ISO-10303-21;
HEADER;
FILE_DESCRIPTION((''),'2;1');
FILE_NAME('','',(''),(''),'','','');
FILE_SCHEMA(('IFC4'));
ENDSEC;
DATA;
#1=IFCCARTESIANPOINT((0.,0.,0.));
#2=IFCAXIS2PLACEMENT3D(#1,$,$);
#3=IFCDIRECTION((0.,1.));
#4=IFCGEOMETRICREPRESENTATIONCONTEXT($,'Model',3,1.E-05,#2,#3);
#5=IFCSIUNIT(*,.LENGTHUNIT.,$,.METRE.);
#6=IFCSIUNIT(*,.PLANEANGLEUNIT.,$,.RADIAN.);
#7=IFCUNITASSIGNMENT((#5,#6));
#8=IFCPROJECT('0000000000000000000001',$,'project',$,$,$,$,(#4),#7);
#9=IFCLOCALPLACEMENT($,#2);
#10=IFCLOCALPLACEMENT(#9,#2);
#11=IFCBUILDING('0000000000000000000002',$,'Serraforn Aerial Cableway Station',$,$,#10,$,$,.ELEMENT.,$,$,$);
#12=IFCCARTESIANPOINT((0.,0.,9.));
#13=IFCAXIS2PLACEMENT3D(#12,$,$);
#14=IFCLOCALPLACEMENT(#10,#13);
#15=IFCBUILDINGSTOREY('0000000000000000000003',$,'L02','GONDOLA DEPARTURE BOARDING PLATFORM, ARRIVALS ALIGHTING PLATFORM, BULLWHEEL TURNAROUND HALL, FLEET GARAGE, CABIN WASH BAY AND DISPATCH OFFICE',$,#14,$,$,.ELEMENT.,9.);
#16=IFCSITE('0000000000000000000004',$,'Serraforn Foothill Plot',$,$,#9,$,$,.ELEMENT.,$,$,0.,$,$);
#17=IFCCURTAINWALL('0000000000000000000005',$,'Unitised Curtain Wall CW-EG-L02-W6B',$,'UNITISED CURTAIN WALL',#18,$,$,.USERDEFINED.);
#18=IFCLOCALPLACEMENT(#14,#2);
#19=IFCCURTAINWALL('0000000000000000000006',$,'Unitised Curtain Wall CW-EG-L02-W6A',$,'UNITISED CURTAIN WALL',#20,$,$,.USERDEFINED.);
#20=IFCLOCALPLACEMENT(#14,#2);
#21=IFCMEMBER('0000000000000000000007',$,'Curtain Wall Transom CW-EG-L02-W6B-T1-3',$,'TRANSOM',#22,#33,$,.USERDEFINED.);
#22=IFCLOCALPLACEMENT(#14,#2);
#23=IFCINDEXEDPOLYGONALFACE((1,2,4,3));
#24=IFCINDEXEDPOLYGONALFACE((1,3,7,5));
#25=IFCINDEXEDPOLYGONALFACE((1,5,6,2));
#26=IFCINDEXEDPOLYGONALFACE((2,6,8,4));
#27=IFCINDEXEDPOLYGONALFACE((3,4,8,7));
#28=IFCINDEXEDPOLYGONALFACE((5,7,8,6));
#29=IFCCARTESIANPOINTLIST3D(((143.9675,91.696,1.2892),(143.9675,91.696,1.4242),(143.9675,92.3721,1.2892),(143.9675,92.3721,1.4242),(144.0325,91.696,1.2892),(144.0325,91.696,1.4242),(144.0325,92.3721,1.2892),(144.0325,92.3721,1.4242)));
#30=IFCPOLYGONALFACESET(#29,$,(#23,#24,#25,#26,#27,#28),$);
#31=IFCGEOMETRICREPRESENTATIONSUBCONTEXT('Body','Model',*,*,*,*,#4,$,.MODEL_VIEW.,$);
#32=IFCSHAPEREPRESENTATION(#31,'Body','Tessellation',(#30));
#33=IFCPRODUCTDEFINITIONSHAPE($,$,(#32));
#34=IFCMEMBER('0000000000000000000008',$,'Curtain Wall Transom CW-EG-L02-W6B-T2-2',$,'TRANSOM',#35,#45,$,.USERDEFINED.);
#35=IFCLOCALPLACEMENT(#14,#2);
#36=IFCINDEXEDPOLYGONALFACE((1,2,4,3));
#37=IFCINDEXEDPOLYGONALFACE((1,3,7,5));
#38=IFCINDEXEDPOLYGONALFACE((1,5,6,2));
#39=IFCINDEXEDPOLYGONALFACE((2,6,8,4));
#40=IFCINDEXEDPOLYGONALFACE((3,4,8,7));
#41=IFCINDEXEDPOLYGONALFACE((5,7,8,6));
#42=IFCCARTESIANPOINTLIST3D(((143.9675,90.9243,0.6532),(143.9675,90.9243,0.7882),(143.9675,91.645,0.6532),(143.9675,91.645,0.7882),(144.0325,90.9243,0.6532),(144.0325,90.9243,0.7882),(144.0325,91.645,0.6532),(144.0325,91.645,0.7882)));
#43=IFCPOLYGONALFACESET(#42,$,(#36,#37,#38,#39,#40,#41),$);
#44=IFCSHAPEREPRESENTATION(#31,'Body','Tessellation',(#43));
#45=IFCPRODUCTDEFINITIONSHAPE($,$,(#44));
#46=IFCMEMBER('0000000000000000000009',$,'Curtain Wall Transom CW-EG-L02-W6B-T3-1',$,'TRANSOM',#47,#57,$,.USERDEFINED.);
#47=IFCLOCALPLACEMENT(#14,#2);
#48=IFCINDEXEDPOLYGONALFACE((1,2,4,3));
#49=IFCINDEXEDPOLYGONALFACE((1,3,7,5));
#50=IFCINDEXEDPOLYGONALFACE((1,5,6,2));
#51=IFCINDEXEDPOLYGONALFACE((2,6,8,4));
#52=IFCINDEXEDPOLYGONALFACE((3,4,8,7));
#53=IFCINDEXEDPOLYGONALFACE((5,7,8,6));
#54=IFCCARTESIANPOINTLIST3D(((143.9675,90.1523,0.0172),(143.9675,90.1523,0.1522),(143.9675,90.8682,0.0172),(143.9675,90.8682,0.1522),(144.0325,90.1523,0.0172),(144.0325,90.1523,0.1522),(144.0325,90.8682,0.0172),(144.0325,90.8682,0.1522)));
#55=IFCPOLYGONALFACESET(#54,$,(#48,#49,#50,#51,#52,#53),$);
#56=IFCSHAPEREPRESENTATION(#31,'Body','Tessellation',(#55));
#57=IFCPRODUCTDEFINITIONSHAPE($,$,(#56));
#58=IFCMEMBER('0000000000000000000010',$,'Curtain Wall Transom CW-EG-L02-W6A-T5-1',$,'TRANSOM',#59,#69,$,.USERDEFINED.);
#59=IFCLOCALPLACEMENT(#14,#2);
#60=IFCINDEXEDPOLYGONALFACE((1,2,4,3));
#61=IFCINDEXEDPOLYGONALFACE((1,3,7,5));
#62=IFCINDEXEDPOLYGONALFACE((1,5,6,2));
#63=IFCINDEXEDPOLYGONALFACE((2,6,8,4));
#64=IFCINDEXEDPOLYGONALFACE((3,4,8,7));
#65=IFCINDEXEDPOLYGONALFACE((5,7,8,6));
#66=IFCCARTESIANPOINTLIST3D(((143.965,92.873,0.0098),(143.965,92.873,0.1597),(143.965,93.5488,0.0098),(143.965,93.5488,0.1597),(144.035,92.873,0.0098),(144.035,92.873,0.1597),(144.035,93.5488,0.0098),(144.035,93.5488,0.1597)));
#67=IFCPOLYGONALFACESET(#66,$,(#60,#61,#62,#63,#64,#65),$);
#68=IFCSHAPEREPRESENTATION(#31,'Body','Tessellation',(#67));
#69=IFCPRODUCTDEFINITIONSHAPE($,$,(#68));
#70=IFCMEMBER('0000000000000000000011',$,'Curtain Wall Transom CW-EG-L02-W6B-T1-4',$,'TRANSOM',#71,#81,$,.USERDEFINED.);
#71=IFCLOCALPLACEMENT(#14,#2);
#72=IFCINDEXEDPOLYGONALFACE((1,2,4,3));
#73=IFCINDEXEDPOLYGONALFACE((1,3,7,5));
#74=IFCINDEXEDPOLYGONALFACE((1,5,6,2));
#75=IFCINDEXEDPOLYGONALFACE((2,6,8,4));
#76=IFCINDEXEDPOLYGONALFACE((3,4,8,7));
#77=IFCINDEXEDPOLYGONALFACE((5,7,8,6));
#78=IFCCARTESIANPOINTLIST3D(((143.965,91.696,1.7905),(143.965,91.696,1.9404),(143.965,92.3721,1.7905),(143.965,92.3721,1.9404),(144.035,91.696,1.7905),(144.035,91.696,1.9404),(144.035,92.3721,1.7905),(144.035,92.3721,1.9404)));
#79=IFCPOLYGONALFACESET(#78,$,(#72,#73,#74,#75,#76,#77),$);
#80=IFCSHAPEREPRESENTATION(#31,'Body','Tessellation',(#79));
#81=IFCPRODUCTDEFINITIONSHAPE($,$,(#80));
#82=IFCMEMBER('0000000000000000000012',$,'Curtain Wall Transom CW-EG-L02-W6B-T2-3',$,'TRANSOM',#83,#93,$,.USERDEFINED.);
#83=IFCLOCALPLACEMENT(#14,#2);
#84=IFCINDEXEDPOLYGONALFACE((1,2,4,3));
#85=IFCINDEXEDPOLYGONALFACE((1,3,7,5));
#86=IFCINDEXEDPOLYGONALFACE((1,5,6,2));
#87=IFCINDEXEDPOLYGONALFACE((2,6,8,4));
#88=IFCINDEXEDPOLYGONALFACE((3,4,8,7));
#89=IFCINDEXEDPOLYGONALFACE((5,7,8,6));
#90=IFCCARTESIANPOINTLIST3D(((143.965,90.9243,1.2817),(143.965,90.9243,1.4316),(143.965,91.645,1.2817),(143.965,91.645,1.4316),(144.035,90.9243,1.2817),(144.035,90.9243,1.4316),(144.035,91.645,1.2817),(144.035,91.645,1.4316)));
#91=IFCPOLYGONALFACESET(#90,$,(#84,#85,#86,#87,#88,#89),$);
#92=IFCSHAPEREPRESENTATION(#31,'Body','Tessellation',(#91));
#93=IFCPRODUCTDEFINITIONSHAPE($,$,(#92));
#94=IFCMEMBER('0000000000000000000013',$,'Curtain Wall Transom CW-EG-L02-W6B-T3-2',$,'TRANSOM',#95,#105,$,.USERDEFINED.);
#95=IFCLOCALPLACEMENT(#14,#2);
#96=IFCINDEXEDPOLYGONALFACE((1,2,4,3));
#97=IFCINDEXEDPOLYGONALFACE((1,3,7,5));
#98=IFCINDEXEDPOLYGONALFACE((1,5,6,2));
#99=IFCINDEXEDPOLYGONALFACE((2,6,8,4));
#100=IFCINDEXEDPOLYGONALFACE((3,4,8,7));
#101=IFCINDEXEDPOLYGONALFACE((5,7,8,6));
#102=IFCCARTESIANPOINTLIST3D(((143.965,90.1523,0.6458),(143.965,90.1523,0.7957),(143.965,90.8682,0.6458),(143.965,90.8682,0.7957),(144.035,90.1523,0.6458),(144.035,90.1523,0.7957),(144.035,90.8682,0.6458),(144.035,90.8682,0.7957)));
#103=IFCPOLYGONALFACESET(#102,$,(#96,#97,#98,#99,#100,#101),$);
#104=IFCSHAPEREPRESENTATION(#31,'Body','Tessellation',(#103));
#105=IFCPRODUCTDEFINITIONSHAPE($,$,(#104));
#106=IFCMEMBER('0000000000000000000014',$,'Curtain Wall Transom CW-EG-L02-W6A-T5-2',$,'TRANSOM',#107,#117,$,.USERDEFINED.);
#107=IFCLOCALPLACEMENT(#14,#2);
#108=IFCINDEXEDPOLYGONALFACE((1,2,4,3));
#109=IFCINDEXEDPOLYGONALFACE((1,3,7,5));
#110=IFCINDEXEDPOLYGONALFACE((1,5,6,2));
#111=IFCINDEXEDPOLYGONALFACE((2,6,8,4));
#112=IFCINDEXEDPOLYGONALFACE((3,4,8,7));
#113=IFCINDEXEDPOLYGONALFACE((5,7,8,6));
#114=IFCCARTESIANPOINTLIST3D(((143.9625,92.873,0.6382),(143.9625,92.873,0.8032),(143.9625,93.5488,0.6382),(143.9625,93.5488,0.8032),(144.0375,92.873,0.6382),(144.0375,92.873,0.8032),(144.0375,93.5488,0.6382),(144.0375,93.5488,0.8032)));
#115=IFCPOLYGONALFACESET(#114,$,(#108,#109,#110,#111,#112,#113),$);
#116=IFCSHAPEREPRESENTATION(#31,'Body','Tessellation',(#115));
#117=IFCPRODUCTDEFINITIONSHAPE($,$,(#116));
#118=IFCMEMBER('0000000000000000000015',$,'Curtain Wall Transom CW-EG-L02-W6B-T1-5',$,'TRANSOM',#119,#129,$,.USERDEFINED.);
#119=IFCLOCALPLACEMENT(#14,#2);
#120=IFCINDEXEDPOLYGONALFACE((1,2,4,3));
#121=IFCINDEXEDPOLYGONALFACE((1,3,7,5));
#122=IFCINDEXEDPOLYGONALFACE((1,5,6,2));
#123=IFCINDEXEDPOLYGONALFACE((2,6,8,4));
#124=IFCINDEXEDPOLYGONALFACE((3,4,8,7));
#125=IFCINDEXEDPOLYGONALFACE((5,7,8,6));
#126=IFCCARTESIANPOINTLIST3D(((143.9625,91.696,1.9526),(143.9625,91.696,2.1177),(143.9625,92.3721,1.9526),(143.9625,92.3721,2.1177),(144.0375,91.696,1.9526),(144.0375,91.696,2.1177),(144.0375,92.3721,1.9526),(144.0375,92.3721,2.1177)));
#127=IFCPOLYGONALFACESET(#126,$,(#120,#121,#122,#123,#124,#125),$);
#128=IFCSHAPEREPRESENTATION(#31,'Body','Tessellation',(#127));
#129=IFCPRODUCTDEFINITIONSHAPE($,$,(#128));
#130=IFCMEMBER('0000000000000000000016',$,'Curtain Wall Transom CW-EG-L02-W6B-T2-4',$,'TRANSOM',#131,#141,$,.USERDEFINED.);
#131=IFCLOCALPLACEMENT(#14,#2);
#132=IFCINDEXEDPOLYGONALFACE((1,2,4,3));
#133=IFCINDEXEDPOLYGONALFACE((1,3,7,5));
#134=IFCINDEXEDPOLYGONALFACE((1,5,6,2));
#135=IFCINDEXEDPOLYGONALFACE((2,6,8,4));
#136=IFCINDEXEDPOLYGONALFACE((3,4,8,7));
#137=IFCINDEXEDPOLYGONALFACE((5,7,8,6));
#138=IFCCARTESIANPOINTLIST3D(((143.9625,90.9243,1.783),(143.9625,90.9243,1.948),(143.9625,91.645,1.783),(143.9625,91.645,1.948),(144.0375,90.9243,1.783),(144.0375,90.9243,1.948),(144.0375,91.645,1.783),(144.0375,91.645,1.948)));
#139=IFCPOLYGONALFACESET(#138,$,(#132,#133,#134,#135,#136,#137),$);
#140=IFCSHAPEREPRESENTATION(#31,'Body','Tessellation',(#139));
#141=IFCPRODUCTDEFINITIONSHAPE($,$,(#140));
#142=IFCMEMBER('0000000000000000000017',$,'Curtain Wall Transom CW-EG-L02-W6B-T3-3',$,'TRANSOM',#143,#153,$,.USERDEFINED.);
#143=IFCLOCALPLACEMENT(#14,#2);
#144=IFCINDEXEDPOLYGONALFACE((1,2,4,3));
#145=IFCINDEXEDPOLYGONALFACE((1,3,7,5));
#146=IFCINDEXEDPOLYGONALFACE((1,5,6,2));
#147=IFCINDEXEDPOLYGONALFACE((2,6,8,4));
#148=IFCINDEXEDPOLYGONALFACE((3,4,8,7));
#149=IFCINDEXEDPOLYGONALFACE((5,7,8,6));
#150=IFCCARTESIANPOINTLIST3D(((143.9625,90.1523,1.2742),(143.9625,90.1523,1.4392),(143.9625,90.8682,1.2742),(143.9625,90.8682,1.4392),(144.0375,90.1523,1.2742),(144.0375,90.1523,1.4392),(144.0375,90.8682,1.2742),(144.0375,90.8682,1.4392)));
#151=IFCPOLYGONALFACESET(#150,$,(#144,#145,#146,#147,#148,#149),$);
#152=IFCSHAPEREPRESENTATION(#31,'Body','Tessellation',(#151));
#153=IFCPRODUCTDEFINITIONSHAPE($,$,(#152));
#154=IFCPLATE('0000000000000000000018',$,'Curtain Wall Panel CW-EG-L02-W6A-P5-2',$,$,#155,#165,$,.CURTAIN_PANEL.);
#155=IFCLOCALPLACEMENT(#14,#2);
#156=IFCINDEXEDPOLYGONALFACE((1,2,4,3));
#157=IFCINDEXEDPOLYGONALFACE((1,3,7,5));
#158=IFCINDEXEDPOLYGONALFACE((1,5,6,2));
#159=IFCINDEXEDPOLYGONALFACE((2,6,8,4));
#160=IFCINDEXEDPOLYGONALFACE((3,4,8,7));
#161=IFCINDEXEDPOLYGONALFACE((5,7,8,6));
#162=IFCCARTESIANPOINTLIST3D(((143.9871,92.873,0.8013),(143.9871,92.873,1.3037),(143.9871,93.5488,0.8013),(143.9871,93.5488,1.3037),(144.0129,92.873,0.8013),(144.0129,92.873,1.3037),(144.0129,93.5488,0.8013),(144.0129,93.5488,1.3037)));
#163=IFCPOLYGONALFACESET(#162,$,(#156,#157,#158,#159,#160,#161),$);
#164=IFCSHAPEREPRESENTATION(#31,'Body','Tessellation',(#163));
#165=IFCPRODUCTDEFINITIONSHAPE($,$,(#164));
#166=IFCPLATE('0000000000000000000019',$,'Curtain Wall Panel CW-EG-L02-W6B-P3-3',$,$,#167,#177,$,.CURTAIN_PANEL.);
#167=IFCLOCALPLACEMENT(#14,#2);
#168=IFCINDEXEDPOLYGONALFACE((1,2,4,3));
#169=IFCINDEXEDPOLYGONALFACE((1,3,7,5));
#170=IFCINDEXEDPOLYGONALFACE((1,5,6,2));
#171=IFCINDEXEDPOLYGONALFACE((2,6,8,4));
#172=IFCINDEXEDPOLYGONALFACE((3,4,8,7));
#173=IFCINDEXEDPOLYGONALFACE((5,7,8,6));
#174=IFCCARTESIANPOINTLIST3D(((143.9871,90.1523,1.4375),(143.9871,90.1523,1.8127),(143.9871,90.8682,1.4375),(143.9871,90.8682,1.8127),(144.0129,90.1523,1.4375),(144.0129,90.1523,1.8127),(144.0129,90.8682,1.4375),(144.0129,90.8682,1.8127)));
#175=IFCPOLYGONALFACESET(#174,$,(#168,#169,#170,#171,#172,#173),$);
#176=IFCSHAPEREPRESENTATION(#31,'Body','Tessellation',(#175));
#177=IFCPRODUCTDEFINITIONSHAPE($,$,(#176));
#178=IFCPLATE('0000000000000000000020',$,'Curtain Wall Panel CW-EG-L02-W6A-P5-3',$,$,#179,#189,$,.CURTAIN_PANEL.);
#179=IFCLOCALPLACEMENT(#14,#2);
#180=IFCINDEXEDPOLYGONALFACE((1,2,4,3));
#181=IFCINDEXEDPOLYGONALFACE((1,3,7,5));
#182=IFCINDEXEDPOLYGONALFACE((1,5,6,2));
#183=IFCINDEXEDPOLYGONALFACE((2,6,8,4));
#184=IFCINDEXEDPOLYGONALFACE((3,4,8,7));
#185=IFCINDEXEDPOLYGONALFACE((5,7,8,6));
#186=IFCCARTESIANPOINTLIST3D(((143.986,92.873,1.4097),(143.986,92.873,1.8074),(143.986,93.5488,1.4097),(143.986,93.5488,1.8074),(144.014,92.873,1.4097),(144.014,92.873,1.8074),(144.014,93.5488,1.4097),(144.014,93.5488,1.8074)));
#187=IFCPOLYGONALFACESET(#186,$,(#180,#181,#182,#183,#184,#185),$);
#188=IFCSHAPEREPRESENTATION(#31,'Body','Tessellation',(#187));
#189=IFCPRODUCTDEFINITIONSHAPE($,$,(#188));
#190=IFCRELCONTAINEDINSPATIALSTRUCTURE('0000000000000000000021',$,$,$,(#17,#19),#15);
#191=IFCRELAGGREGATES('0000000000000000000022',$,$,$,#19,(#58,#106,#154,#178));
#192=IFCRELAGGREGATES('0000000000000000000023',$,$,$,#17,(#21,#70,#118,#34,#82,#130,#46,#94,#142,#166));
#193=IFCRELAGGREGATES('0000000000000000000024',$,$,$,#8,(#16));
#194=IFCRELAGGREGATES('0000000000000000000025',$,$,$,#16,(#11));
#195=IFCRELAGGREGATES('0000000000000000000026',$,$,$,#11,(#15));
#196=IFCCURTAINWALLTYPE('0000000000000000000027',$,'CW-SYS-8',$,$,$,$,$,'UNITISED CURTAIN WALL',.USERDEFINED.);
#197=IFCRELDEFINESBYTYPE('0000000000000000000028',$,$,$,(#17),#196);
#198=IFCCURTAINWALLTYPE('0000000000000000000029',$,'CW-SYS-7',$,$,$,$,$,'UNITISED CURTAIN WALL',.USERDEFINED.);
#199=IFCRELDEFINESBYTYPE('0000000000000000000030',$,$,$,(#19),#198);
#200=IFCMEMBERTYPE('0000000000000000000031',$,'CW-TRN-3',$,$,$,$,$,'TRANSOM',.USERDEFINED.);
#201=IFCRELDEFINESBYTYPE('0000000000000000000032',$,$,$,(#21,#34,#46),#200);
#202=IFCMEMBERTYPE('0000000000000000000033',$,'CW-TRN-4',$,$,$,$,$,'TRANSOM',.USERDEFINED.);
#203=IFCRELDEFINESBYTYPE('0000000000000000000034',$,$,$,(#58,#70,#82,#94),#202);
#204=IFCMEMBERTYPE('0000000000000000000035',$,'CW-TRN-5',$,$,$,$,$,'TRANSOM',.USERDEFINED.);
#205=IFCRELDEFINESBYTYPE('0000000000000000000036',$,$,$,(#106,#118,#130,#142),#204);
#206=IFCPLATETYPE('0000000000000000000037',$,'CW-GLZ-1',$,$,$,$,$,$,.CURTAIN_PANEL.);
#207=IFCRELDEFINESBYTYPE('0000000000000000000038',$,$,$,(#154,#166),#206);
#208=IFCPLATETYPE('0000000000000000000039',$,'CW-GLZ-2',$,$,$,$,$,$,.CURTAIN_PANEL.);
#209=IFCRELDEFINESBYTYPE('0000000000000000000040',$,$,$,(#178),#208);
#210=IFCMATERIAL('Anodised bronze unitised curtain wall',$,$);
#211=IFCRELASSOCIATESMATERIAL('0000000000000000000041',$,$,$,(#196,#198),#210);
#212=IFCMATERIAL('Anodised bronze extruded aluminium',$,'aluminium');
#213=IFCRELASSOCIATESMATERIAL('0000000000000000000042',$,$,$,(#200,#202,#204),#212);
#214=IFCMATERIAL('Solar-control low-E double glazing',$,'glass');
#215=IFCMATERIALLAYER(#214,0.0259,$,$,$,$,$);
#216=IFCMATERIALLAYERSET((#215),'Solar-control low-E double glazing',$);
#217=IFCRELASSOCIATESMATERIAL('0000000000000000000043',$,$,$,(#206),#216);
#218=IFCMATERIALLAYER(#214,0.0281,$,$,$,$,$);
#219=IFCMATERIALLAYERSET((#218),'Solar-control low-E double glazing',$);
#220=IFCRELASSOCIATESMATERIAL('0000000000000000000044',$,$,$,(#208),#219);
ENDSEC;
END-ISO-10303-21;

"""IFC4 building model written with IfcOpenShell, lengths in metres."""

from ifc_helpers import new_model, si_unit, direction, frame, origin, origin_2d, place, context, subcontext, project, spatial, rectangle, extrude, material, layer, layer_set, material_profile, profile_set, type_object, element, aggregate, save


model = new_model("IFC4")

# Units and contexts
model_context = context("Model", 3, precision=1e-05, world=origin(), true_north=direction((0.0, 1.0)))
body_context = subcontext(model_context, "Body", "Model", "MODEL_VIEW")
ifc_project = project(units=[si_unit("LENGTHUNIT", "METRE"), si_unit("PLANEANGLEUNIT", "RADIAN")], contexts=[model_context])

# Site, building, storey
site_placement = place(None, origin())
site = spatial("IfcSite", under=ifc_project, at=site_placement, Name="Serraforn Foothill Plot", CompositionType="ELEMENT", RefElevation=0.0)
building_placement = place(site_placement, origin())
building = spatial("IfcBuilding", under=site, at=building_placement, Name="Serraforn Aerial Cableway Station", CompositionType="ELEMENT")
storey_placement = place(building_placement, frame((0.0, 0.0, 9.0)))
storey = spatial("IfcBuildingStorey", under=building, at=storey_placement, Name="L02", Description="GONDOLA DEPARTURE BOARDING PLATFORM, ARRIVALS ALIGHTING PLATFORM, BULLWHEEL TURNAROUND HALL, FLEET GARAGE, CABIN WASH BAY AND DISPATCH OFFICE", CompositionType="ELEMENT", Elevation=9.0)

# Curtain wall
ifc_material_1 = material(Name="Anodised bronze unitised curtain wall")
curtain_wall_type_1 = type_object("IfcCurtainWallType", Name="CW-SYS-8", ElementType="UNITISED CURTAIN WALL", PredefinedType="USERDEFINED", material=ifc_material_1)
curtain_wall_1_placement = place(storey_placement, origin())
curtain_wall_1 = element("IfcCurtainWall", 1, at=curtain_wall_1_placement, inside=storey, type_object=curtain_wall_type_1, Name="Unitised Curtain Wall CW-EG-L02-W6B", ObjectType="UNITISED CURTAIN WALL", PredefinedType="USERDEFINED")
ifc_material_2 = material(Name="Anodised bronze extruded aluminium", Category="aluminium")

# Curtain wall
curtain_wall_type_2 = type_object("IfcCurtainWallType", Name="CW-SYS-7", ElementType="UNITISED CURTAIN WALL", PredefinedType="USERDEFINED", material=ifc_material_1)
curtain_wall_2_placement = place(storey_placement, origin())
curtain_wall_2 = element("IfcCurtainWall", 2, at=curtain_wall_2_placement, inside=storey, type_object=curtain_wall_type_2, Name="Unitised Curtain Wall CW-EG-L02-W6A", ObjectType="UNITISED CURTAIN WALL", PredefinedType="USERDEFINED")

# Members
ifc_material_profile_1 = material_profile(ifc_material_2, rectangle(XDim=0.0649, YDim=0.135, at=origin_2d()), Name="CW TRANSOM 65x135")
ifc_profile_set_1 = profile_set([ifc_material_profile_1], Name="Anodised bronze extruded aluminium")
member_type_1 = type_object("IfcMemberType", Name="CW-TRN-3", ElementType="TRANSOM", PredefinedType="USERDEFINED", material=ifc_profile_set_1)
member_1_placement = place(storey_placement, frame((144.0, 92.3721, 1.3567), z_axis=(0.0, -1.0, 0.0), x_axis=(1.0, 0.0, 0.0)))
member_1 = element("IfcMember", 3, at=member_1_placement, type_object=member_type_1, Name="Curtain Wall Transom CW-EG-L02-W6B-T1-3", ObjectType="TRANSOM", PredefinedType="USERDEFINED", context=body_context, shape_type="SweptSolid", body=[
    extrude(rectangle(XDim=0.0649, YDim=0.135, at=origin_2d()), origin(), (0.0, 0.0, 1.0), 0.676),
])
member_2_placement = place(storey_placement, frame((144.0, 91.645, 0.7207), z_axis=(0.0, -1.0, 0.0), x_axis=(1.0, 0.0, 0.0)))
member_2 = element("IfcMember", 4, at=member_2_placement, type_object=member_type_1, Name="Curtain Wall Transom CW-EG-L02-W6B-T2-2", ObjectType="TRANSOM", PredefinedType="USERDEFINED", context=body_context, shape_type="SweptSolid", body=[
    extrude(rectangle(XDim=0.0649, YDim=0.135, at=origin_2d()), origin(), (0.0, 0.0, 1.0), 0.7207),
])
member_3_placement = place(storey_placement, frame((144.0, 90.8682, 0.0847), z_axis=(0.0, -1.0, 0.0), x_axis=(1.0, 0.0, 0.0)))
member_3 = element("IfcMember", 5, at=member_3_placement, type_object=member_type_1, Name="Curtain Wall Transom CW-EG-L02-W6B-T3-1", ObjectType="TRANSOM", PredefinedType="USERDEFINED", context=body_context, shape_type="SweptSolid", body=[
    extrude(rectangle(XDim=0.0649, YDim=0.135, at=origin_2d()), origin(), (0.0, 0.0, 1.0), 0.7158),
])
ifc_material_profile_2 = material_profile(ifc_material_2, rectangle(XDim=0.0701, YDim=0.1499, at=origin_2d()), Name="CW TRANSOM 70x150")
ifc_profile_set_2 = profile_set([ifc_material_profile_2], Name="Anodised bronze extruded aluminium")
member_type_2 = type_object("IfcMemberType", Name="CW-TRN-4", ElementType="TRANSOM", PredefinedType="USERDEFINED", material=ifc_profile_set_2)
member_4_placement = place(storey_placement, frame((144.0, 93.5488, 0.0847), z_axis=(0.0, -1.0, 0.0), x_axis=(1.0, 0.0, 0.0)))
member_4 = element("IfcMember", 6, at=member_4_placement, type_object=member_type_2, Name="Curtain Wall Transom CW-EG-L02-W6A-T5-1", ObjectType="TRANSOM", PredefinedType="USERDEFINED", context=body_context, shape_type="SweptSolid", body=[
    extrude(rectangle(XDim=0.0701, YDim=0.1499, at=origin_2d()), origin(), (0.0, 0.0, 1.0), 0.6758),
])
member_5_placement = place(storey_placement, frame((144.0, 92.3721, 1.8655), z_axis=(0.0, -1.0, 0.0), x_axis=(1.0, 0.0, 0.0)))
member_5 = element("IfcMember", 7, at=member_5_placement, type_object=member_type_2, Name="Curtain Wall Transom CW-EG-L02-W6B-T1-4", ObjectType="TRANSOM", PredefinedType="USERDEFINED", context=body_context, shape_type="SweptSolid", body=[
    extrude(rectangle(XDim=0.0701, YDim=0.1499, at=origin_2d()), origin(), (0.0, 0.0, 1.0), 0.676),
])
member_6_placement = place(storey_placement, frame((144.0, 91.645, 1.3567), z_axis=(0.0, -1.0, 0.0), x_axis=(1.0, 0.0, 0.0)))
member_6 = element("IfcMember", 8, at=member_6_placement, type_object=member_type_2, Name="Curtain Wall Transom CW-EG-L02-W6B-T2-3", ObjectType="TRANSOM", PredefinedType="USERDEFINED", context=body_context, shape_type="SweptSolid", body=[
    extrude(rectangle(XDim=0.0701, YDim=0.1499, at=origin_2d()), origin(), (0.0, 0.0, 1.0), 0.7207),
])
member_7_placement = place(storey_placement, frame((144.0, 90.8682, 0.7207), z_axis=(0.0, -1.0, 0.0), x_axis=(1.0, 0.0, 0.0)))
member_7 = element("IfcMember", 9, at=member_7_placement, type_object=member_type_2, Name="Curtain Wall Transom CW-EG-L02-W6B-T3-2", ObjectType="TRANSOM", PredefinedType="USERDEFINED", context=body_context, shape_type="SweptSolid", body=[
    extrude(rectangle(XDim=0.0701, YDim=0.1499, at=origin_2d()), origin(), (0.0, 0.0, 1.0), 0.7158),
])
ifc_material_profile_3 = material_profile(ifc_material_2, rectangle(XDim=0.075, YDim=0.165, at=origin_2d()), Name="CW TRANSOM 75x165")
ifc_profile_set_3 = profile_set([ifc_material_profile_3], Name="Anodised bronze extruded aluminium")
member_type_3 = type_object("IfcMemberType", Name="CW-TRN-5", ElementType="TRANSOM", PredefinedType="USERDEFINED", material=ifc_profile_set_3)
member_8_placement = place(storey_placement, frame((144.0, 93.5488, 0.7207), z_axis=(0.0, -1.0, 0.0), x_axis=(1.0, 0.0, 0.0)))
member_8 = element("IfcMember", 10, at=member_8_placement, type_object=member_type_3, Name="Curtain Wall Transom CW-EG-L02-W6A-T5-2", ObjectType="TRANSOM", PredefinedType="USERDEFINED", context=body_context, shape_type="SweptSolid", body=[
    extrude(rectangle(XDim=0.075, YDim=0.165, at=origin_2d()), origin(), (0.0, 0.0, 1.0), 0.6758),
])
member_9_placement = place(storey_placement, frame((144.0, 92.3721, 2.0352), z_axis=(0.0, -1.0, 0.0), x_axis=(1.0, 0.0, 0.0)))
member_9 = element("IfcMember", 11, at=member_9_placement, type_object=member_type_3, Name="Curtain Wall Transom CW-EG-L02-W6B-T1-5", ObjectType="TRANSOM", PredefinedType="USERDEFINED", context=body_context, shape_type="SweptSolid", body=[
    extrude(rectangle(XDim=0.075, YDim=0.165, at=origin_2d()), origin(), (0.0, 0.0, 1.0), 0.676),
])
member_10_placement = place(storey_placement, frame((144.0, 91.645, 1.8655), z_axis=(0.0, -1.0, 0.0), x_axis=(1.0, 0.0, 0.0)))
member_10 = element("IfcMember", 12, at=member_10_placement, type_object=member_type_3, Name="Curtain Wall Transom CW-EG-L02-W6B-T2-4", ObjectType="TRANSOM", PredefinedType="USERDEFINED", context=body_context, shape_type="SweptSolid", body=[
    extrude(rectangle(XDim=0.075, YDim=0.165, at=origin_2d()), origin(), (0.0, 0.0, 1.0), 0.7207),
])
member_11_placement = place(storey_placement, frame((144.0, 90.8682, 1.3567), z_axis=(0.0, -1.0, 0.0), x_axis=(1.0, 0.0, 0.0)))
member_11 = element("IfcMember", 13, at=member_11_placement, type_object=member_type_3, Name="Curtain Wall Transom CW-EG-L02-W6B-T3-3", ObjectType="TRANSOM", PredefinedType="USERDEFINED", context=body_context, shape_type="SweptSolid", body=[
    extrude(rectangle(XDim=0.075, YDim=0.165, at=origin_2d()), origin(), (0.0, 0.0, 1.0), 0.7158),
])

# Plates
ifc_material_3 = material(Name="Solar-control low-E double glazing", Category="glass")
ifc_layer_1 = layer(ifc_material_3, 0.0259)
ifc_layer_set_1 = layer_set([ifc_layer_1], Name="Solar-control low-E double glazing")
plate_type_1 = type_object("IfcPlateType", Name="CW-GLZ-1", PredefinedType="CURTAIN_PANEL", material=ifc_layer_set_1)
plate_1_placement = place(storey_placement, frame((144.0, 93.2109, 0.8013), z_axis=(0.0, 0.0, 1.0), x_axis=(1.0, 0.0, 0.0)))
plate_1 = element("IfcPlate", 14, at=plate_1_placement, type_object=plate_type_1, Name="Curtain Wall Panel CW-EG-L02-W6A-P5-2", PredefinedType="CURTAIN_PANEL", context=body_context, shape_type="SweptSolid", body=[
    extrude(rectangle(XDim=0.0259, YDim=0.6758, at=origin_2d()), origin(), (0.0, 0.0, 1.0), 0.5024),
])
plate_2_placement = place(storey_placement, frame((144.0, 90.5103, 1.4375), z_axis=(0.0, 0.0, 1.0), x_axis=(1.0, 0.0, 0.0)))
plate_2 = element("IfcPlate", 15, at=plate_2_placement, type_object=plate_type_1, Name="Curtain Wall Panel CW-EG-L02-W6B-P3-3", PredefinedType="CURTAIN_PANEL", context=body_context, shape_type="SweptSolid", body=[
    extrude(rectangle(XDim=0.0259, YDim=0.7158, at=origin_2d()), origin(), (0.0, 0.0, 1.0), 0.3752),
])
ifc_layer_2 = layer(ifc_material_3, 0.0281)
ifc_layer_set_2 = layer_set([ifc_layer_2], Name="Solar-control low-E double glazing")
plate_type_2 = type_object("IfcPlateType", Name="CW-GLZ-2", PredefinedType="CURTAIN_PANEL", material=ifc_layer_set_2)
plate_3_placement = place(storey_placement, frame((144.0, 93.2109, 1.4097), z_axis=(0.0, 0.0, 1.0), x_axis=(1.0, 0.0, 0.0)))
plate_3 = element("IfcPlate", 16, at=plate_3_placement, type_object=plate_type_2, Name="Curtain Wall Panel CW-EG-L02-W6A-P5-3", PredefinedType="CURTAIN_PANEL", context=body_context, shape_type="SweptSolid", body=[
    extrude(rectangle(XDim=0.0281, YDim=0.6758, at=origin_2d()), origin(), (0.0, 0.0, 1.0), 0.3977),
])
aggregate(curtain_wall_2, [member_4, member_8, plate_1, plate_3])
aggregate(curtain_wall_1, [member_1, member_5, member_9, member_2, member_6, member_10, member_3, member_7, member_11, plate_2])

save(model, "model.ifc")
